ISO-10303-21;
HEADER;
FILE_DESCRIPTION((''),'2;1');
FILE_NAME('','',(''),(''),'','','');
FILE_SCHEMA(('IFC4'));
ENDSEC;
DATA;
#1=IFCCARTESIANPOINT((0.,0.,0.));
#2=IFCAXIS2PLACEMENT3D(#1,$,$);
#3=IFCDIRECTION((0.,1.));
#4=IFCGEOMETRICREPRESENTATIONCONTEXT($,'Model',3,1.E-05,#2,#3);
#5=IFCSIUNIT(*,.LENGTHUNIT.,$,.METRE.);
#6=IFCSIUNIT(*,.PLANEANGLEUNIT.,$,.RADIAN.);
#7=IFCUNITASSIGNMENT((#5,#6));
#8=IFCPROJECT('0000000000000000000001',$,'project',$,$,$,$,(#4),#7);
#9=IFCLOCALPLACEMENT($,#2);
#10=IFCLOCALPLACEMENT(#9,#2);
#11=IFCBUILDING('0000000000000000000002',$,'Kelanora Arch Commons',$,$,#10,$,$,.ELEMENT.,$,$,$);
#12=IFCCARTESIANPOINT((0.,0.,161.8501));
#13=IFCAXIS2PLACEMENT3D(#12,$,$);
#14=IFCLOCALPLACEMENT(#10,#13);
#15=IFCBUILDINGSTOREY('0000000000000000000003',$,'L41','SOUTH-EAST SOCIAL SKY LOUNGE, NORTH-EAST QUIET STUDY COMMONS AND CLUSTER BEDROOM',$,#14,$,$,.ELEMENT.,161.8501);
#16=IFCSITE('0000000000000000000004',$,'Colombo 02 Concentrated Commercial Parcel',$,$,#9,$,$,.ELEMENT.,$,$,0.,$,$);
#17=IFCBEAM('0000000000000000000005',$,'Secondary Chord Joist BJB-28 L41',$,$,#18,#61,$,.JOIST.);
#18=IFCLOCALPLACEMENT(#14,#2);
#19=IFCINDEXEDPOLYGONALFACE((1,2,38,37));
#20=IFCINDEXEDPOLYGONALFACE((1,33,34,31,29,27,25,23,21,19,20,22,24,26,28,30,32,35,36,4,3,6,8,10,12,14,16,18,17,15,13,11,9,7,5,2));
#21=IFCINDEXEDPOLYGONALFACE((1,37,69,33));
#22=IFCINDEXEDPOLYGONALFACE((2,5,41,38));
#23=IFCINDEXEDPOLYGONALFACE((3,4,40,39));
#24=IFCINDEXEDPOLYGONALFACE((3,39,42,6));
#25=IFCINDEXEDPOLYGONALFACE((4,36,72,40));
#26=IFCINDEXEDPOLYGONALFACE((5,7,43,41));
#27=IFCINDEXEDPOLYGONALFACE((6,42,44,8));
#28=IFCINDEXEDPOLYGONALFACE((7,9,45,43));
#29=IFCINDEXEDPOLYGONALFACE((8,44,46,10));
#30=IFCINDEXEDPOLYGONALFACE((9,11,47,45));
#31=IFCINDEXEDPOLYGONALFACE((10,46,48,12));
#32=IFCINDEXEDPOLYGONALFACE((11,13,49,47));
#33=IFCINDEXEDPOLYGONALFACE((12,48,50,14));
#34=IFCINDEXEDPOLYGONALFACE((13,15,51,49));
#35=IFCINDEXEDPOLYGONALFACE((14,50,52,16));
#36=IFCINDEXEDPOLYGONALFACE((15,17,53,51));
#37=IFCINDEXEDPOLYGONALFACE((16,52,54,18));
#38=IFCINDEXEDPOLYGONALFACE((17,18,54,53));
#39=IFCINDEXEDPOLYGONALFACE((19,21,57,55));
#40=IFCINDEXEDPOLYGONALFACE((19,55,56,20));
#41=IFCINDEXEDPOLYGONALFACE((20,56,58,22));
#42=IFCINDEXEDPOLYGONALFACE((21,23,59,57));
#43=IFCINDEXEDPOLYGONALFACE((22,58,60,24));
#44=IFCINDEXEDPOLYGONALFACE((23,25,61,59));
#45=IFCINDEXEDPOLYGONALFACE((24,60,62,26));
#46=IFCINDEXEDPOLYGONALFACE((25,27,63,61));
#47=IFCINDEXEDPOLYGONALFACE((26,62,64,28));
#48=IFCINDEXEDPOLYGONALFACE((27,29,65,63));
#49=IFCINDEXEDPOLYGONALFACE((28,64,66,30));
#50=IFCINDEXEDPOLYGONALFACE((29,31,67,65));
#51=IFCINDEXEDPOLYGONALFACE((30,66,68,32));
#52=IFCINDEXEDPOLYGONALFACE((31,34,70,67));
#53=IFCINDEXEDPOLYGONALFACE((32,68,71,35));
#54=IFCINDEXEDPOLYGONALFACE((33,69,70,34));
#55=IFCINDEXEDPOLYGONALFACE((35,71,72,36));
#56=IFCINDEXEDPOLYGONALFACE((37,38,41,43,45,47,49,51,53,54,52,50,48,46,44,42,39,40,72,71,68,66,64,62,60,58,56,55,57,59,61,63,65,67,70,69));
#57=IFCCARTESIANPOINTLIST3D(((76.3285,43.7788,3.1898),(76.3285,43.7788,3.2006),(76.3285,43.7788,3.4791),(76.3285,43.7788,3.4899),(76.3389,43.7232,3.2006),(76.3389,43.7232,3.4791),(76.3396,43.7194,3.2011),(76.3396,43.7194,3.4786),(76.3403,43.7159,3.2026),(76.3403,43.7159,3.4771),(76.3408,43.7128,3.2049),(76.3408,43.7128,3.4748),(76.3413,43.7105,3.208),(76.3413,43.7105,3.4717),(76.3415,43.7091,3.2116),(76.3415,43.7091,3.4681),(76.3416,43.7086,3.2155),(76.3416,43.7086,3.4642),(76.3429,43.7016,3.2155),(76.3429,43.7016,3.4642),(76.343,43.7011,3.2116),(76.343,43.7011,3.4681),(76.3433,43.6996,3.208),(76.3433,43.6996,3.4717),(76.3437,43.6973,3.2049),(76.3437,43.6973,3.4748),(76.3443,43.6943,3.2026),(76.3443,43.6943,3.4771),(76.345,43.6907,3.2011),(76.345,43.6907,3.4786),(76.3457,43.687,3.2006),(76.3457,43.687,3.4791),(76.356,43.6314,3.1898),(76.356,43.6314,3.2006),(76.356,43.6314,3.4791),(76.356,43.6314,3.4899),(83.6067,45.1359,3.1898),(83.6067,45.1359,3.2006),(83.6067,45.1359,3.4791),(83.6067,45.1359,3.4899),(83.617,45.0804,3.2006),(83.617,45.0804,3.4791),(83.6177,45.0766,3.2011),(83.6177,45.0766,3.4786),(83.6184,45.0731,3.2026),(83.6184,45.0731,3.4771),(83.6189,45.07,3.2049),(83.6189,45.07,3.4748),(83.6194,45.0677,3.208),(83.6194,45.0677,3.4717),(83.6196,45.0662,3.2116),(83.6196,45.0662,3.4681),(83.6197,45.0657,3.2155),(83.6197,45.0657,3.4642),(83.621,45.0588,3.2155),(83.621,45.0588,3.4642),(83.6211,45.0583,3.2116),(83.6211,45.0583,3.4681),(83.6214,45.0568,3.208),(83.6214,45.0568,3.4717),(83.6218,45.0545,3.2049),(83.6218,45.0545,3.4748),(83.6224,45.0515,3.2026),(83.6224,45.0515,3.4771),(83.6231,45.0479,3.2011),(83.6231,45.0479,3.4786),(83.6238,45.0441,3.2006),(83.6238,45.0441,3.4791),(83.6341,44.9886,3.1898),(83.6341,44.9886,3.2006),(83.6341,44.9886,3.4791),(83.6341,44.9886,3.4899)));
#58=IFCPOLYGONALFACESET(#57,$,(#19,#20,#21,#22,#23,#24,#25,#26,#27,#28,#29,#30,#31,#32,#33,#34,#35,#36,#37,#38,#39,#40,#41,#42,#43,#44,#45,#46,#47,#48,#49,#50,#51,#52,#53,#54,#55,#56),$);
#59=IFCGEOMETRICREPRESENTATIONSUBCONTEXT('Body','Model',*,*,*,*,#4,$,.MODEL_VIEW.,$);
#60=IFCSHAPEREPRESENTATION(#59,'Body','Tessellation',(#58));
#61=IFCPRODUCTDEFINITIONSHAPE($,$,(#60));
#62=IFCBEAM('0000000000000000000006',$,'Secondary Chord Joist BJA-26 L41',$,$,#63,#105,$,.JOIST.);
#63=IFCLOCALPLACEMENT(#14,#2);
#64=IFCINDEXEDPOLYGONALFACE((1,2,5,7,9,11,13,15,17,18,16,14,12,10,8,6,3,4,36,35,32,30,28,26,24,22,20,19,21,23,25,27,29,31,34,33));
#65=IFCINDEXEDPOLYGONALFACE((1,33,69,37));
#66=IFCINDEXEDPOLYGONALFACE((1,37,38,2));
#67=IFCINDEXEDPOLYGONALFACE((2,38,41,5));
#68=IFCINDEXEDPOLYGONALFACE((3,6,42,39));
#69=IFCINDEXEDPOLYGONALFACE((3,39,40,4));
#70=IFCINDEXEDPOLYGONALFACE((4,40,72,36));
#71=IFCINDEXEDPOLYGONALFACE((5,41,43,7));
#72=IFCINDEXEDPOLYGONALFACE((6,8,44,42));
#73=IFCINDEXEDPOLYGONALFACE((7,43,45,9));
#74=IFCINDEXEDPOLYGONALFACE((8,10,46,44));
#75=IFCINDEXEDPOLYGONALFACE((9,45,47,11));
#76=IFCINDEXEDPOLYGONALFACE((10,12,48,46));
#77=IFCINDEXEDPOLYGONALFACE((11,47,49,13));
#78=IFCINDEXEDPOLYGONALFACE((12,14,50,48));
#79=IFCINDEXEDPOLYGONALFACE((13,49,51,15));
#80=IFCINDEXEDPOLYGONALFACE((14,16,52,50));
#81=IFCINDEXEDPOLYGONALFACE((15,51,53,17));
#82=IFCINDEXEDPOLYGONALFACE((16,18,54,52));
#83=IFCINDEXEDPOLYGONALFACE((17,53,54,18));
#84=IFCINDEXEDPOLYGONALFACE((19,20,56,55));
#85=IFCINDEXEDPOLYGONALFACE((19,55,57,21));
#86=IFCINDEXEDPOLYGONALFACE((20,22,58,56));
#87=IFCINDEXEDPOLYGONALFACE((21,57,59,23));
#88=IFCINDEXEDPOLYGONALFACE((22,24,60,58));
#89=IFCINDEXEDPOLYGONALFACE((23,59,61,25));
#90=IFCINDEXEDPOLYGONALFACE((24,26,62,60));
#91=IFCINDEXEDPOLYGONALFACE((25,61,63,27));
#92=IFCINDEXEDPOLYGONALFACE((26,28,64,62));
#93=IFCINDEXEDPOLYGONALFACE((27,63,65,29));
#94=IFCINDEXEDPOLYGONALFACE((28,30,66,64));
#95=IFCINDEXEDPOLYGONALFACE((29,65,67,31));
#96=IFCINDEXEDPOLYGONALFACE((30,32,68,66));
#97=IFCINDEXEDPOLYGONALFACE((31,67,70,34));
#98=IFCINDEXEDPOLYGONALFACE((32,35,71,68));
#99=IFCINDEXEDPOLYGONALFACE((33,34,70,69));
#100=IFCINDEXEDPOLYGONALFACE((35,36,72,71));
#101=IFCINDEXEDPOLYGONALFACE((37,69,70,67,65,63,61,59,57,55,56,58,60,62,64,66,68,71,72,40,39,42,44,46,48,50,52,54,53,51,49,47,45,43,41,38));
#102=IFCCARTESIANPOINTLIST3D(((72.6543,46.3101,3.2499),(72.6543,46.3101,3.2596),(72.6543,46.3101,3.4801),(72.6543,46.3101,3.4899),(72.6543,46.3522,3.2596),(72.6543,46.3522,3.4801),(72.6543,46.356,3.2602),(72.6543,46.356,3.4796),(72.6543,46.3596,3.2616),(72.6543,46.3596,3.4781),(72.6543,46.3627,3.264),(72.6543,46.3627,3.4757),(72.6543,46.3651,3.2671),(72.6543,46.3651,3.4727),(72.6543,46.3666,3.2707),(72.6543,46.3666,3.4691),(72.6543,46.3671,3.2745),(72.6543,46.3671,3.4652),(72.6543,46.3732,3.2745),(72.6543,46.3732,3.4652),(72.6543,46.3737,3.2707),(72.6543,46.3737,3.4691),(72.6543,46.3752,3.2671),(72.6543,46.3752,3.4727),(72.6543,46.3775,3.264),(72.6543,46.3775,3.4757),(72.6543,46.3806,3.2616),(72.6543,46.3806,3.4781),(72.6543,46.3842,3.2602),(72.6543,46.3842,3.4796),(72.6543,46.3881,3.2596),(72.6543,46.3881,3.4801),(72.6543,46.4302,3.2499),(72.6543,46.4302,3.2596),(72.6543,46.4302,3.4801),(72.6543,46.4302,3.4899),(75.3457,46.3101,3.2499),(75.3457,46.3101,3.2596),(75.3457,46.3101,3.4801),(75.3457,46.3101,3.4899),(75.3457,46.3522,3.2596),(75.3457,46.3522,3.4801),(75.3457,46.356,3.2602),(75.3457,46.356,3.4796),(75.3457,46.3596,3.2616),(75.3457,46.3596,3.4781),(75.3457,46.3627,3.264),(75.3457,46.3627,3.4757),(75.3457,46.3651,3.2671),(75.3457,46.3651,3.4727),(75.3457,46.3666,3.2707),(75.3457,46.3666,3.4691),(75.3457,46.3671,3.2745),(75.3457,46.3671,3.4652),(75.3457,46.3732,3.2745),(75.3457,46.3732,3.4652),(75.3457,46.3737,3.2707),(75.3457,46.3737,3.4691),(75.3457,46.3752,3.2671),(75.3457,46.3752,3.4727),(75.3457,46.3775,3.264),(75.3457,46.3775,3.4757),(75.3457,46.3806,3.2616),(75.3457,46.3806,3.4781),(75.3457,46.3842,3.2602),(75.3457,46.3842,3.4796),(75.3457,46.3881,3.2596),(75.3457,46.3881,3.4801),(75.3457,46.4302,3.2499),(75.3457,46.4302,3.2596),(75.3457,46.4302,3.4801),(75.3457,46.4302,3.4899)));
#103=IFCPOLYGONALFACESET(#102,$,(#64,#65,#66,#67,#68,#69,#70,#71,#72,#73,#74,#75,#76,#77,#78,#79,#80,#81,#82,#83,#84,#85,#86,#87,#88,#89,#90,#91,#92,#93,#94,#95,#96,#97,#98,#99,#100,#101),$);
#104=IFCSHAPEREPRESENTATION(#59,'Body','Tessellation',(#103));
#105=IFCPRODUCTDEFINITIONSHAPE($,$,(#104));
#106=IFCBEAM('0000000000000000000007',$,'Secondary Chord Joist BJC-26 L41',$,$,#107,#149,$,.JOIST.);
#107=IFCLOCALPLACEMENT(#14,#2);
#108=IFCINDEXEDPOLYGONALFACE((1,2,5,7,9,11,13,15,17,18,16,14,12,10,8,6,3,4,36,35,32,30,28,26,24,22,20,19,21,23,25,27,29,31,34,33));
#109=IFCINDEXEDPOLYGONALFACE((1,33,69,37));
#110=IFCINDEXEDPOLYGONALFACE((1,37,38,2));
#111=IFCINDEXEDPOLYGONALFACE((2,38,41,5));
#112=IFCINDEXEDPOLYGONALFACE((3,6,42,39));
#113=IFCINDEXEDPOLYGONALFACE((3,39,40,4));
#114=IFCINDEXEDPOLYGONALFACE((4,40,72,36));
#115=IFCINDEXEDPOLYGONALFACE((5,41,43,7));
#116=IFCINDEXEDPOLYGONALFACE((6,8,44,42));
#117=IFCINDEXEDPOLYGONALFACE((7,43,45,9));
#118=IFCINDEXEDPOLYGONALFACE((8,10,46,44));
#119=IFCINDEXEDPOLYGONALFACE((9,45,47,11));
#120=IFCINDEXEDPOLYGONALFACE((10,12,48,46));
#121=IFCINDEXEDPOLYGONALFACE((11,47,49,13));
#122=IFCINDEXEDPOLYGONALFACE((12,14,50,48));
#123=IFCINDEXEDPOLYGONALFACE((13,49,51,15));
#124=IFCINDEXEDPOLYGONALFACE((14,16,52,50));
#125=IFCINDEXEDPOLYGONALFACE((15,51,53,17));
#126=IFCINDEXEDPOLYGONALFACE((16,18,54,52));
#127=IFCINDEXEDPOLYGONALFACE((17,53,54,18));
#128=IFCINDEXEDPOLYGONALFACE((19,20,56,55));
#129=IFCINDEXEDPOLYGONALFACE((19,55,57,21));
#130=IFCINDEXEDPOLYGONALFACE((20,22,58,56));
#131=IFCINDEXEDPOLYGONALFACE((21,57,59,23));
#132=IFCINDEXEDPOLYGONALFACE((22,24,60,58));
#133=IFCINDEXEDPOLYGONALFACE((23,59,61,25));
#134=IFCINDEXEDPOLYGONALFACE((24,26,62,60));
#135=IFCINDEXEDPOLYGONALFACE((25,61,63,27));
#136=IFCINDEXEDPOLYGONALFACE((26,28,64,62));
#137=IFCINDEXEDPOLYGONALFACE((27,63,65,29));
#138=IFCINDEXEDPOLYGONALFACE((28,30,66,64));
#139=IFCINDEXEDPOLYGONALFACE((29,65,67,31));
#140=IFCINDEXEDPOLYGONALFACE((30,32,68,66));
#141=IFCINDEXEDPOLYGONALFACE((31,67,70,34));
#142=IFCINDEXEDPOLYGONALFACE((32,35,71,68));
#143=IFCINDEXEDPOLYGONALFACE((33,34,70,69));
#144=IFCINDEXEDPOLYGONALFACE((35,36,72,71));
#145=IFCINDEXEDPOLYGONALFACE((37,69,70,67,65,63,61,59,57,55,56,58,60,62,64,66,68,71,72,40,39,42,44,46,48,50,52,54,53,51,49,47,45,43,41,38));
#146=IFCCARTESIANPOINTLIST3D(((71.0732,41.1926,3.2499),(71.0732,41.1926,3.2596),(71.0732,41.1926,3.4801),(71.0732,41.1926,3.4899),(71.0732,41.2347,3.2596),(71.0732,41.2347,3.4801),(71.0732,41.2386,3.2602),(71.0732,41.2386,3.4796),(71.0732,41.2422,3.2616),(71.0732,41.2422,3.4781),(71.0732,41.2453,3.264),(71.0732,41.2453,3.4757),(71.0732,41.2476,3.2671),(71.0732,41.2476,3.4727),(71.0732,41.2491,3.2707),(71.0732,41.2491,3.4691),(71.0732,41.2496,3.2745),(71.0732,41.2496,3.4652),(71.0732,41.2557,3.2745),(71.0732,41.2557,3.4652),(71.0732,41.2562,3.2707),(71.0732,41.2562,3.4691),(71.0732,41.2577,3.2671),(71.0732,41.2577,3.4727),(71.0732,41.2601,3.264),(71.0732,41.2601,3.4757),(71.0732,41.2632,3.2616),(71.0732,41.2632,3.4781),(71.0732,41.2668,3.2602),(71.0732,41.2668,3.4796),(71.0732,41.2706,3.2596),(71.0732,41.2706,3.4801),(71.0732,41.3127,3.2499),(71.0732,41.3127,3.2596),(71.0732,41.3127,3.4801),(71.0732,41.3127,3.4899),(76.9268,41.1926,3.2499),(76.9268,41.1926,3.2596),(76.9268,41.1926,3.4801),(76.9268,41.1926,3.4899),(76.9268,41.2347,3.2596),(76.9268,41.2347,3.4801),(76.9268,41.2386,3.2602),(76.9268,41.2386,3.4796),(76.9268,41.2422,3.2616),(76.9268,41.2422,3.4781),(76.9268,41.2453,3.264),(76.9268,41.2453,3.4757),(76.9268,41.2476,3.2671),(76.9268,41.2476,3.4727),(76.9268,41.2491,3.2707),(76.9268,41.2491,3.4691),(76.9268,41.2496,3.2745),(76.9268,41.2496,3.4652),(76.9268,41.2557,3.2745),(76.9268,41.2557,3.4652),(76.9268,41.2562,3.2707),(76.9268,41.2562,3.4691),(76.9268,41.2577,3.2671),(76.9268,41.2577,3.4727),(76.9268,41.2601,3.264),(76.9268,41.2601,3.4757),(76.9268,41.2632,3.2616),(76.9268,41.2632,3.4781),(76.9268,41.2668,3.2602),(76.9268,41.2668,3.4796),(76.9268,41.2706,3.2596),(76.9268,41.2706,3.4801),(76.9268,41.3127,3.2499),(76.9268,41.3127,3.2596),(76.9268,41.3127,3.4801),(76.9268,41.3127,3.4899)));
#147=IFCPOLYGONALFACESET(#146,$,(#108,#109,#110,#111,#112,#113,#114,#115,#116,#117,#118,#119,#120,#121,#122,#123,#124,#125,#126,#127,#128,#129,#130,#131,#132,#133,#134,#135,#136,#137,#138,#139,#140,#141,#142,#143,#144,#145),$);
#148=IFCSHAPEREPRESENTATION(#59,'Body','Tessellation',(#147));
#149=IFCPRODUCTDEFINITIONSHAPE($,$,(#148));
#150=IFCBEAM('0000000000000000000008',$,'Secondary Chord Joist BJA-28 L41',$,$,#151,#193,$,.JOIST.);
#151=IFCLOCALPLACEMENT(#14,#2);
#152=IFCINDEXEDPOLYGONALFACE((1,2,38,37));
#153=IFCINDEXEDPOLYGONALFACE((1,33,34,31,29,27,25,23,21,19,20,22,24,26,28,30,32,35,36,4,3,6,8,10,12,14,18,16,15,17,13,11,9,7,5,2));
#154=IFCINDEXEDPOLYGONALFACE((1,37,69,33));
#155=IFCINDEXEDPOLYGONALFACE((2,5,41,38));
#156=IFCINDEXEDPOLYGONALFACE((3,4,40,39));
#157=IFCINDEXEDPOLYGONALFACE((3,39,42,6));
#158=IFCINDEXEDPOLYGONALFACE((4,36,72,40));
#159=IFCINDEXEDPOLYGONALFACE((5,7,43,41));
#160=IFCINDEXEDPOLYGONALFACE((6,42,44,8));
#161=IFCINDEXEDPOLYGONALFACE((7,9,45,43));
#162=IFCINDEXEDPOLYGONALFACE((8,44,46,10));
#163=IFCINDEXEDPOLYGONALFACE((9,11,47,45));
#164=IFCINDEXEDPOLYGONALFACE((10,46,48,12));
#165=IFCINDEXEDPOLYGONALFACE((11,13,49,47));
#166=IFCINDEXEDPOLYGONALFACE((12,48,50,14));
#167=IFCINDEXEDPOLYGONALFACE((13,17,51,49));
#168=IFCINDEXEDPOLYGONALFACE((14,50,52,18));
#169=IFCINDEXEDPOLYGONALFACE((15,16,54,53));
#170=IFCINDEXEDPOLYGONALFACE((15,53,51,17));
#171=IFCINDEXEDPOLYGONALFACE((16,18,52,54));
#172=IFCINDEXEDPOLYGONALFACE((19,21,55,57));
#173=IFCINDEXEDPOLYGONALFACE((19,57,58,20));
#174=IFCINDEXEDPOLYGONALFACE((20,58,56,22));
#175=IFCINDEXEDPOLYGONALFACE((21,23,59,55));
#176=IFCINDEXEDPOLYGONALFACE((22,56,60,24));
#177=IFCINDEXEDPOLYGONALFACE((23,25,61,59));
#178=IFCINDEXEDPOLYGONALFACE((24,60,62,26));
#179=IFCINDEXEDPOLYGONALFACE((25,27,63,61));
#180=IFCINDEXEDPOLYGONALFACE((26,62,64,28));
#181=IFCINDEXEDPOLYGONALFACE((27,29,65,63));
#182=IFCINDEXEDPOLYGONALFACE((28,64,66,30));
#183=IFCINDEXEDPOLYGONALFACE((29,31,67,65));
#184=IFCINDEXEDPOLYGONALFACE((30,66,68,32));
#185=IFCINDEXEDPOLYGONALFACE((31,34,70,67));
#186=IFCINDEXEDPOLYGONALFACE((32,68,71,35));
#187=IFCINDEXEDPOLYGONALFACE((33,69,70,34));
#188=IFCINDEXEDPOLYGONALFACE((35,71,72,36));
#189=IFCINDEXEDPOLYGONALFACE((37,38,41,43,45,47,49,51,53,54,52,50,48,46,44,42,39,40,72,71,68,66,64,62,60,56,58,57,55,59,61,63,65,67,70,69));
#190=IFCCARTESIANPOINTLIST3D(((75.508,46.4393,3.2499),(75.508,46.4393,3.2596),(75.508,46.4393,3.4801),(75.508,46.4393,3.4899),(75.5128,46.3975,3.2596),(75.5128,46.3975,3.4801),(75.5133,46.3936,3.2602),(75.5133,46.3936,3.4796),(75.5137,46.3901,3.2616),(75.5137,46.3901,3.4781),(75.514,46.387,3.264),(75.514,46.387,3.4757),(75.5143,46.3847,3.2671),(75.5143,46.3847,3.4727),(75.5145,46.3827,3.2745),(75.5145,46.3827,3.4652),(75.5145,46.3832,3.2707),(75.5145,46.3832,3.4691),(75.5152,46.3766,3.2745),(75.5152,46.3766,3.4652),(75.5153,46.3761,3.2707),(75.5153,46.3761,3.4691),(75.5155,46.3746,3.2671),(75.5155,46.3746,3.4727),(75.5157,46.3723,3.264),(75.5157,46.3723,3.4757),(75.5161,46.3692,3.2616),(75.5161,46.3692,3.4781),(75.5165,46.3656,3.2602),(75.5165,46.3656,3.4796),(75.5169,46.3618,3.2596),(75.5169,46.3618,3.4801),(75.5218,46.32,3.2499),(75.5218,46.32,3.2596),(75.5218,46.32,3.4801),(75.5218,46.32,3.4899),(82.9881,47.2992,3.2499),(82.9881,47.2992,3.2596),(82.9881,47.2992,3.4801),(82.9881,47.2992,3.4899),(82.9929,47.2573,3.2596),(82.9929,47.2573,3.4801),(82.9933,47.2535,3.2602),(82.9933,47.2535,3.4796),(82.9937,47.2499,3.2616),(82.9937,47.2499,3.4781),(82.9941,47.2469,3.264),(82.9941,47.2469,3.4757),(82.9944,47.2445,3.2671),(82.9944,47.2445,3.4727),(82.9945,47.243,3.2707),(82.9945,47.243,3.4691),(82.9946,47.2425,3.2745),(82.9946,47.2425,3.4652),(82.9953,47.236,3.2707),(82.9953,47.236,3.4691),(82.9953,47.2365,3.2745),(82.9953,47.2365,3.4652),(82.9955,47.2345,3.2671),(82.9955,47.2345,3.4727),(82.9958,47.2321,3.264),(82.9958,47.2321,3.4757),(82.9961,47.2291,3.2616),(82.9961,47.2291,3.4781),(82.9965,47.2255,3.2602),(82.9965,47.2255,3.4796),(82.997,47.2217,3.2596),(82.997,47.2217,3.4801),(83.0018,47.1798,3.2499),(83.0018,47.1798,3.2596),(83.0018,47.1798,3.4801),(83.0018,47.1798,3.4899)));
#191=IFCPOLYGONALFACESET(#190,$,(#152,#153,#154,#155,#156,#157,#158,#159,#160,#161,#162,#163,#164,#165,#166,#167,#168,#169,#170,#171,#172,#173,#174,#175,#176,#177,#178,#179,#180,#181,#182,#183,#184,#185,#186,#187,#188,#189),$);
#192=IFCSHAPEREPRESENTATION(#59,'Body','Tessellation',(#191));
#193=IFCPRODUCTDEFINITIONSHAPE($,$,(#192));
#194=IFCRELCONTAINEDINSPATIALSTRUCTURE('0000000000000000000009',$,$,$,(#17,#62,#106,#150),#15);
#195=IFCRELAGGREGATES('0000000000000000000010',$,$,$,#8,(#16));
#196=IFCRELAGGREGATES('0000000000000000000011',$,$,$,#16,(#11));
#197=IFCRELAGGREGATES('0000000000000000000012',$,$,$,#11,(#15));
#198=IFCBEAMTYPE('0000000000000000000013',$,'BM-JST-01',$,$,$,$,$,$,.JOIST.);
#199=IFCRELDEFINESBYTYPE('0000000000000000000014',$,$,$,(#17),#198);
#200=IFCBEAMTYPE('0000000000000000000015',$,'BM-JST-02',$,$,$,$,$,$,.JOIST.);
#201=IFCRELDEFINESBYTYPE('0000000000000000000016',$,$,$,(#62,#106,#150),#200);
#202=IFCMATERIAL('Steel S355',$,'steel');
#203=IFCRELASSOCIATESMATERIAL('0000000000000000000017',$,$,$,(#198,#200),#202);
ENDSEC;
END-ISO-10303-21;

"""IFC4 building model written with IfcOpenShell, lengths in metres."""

from ifc_helpers import new_model, si_unit, direction, frame, origin, origin_2d, place, context, subcontext, project, spatial, i_section, extrude, material, material_profile, profile_set, type_object, element, save


model = new_model("IFC4")

# Units and contexts
model_context = context("Model", 3, precision=1e-05, world=origin(), true_north=direction((0.0, 1.0)))
body_context = subcontext(model_context, "Body", "Model", "MODEL_VIEW")
ifc_project = project(units=[si_unit("LENGTHUNIT", "METRE"), si_unit("PLANEANGLEUNIT", "RADIAN")], contexts=[model_context])

# Site, building, storey
site_placement = place(None, origin())
site = spatial("IfcSite", under=ifc_project, at=site_placement, Name="Colombo 02 Concentrated Commercial Parcel", CompositionType="ELEMENT", RefElevation=0.0)
building_placement = place(site_placement, origin())
building = spatial("IfcBuilding", under=site, at=building_placement, Name="Kelanora Arch Commons", CompositionType="ELEMENT")
storey_placement = place(building_placement, frame((0.0, 0.0, 161.8501)))
storey = spatial("IfcBuildingStorey", under=building, at=storey_placement, Name="L41", Description="SOUTH-EAST SOCIAL SKY LOUNGE, NORTH-EAST QUIET STUDY COMMONS AND CLUSTER BEDROOM", CompositionType="ELEMENT", Elevation=161.8501)

# Beams
ifc_material_1 = material(Name="Steel S355", Category="steel")
ifc_material_profile_1 = material_profile(ifc_material_1, i_section(OverallWidth=0.1499, OverallDepth=0.3, WebThickness=0.0071, FlangeThickness=0.0107, FilletRadius=0.0149, at=origin_2d()), Name="IPE300")
ifc_profile_set_1 = profile_set([ifc_material_profile_1], Name="Steel S355")
beam_type_1 = type_object("IfcBeamType", Name="BM-JST-01", PredefinedType="JOIST", material=ifc_profile_set_1)
beam_1_placement = place(storey_placement, frame((76.3423, 43.7051, 3.3398), z_axis=(0.983054, 0.183315, 0.0), x_axis=(-0.183315, 0.983054, 0.0)))
element("IfcBeam", 1, at=beam_1_placement, inside=storey, type_object=beam_type_1, Name="Secondary Chord Joist BJB-28 L41", PredefinedType="JOIST", context=body_context, shape_type="SweptSolid", body=[
    extrude(i_section(OverallWidth=0.1499, OverallDepth=0.3, WebThickness=0.0071, FlangeThickness=0.0107, FilletRadius=0.0149, at=origin_2d()), origin(), (0.0, 0.0, 1.0), 7.4036),
])
ifc_material_profile_2 = material_profile(ifc_material_1, i_section(OverallWidth=0.1201, OverallDepth=0.24, WebThickness=0.0061, FlangeThickness=0.0098, FilletRadius=0.0149, at=origin_2d()), Name="IPE240")
ifc_profile_set_2 = profile_set([ifc_material_profile_2], Name="Steel S355")
beam_type_2 = type_object("IfcBeamType", Name="BM-JST-02", PredefinedType="JOIST", material=ifc_profile_set_2)
beam_2_placement = place(storey_placement, frame((72.6543, 46.3701, 3.3699), z_axis=(1.0, 0.0, 0.0), x_axis=(0.0, 1.0, 0.0)))
element("IfcBeam", 2, at=beam_2_placement, inside=storey, type_object=beam_type_2, Name="Secondary Chord Joist BJA-26 L41", PredefinedType="JOIST", context=body_context, shape_type="SweptSolid", body=[
    extrude(i_section(OverallWidth=0.1201, OverallDepth=0.24, WebThickness=0.0061, FlangeThickness=0.0098, FilletRadius=0.0149, at=origin_2d()), origin(), (0.0, 0.0, 1.0), 2.6914),
])
beam_3_placement = place(storey_placement, frame((71.0732, 41.2527, 3.3699), z_axis=(1.0, 0.0, 0.0), x_axis=(0.0, 1.0, 0.0)))
element("IfcBeam", 3, at=beam_3_placement, inside=storey, type_object=beam_type_2, Name="Secondary Chord Joist BJC-26 L41", PredefinedType="JOIST", context=body_context, shape_type="SweptSolid", body=[
    extrude(i_section(OverallWidth=0.1201, OverallDepth=0.24, WebThickness=0.0061, FlangeThickness=0.0098, FilletRadius=0.0149, at=origin_2d()), origin(), (0.0, 0.0, 1.0), 5.8535),
])
beam_4_placement = place(storey_placement, frame((75.5149, 46.3796, 3.3699), z_axis=(0.993457, 0.114203, 0.0), x_axis=(-0.114203, 0.993457, 0.0)))
element("IfcBeam", 4, at=beam_4_placement, inside=storey, type_object=beam_type_2, Name="Secondary Chord Joist BJA-28 L41", PredefinedType="JOIST", context=body_context, shape_type="SweptSolid", body=[
    extrude(i_section(OverallWidth=0.1201, OverallDepth=0.24, WebThickness=0.0061, FlangeThickness=0.0098, FilletRadius=0.0149, at=origin_2d()), origin(), (0.0, 0.0, 1.0), 7.5293),
])

save(model, "model.ifc")
